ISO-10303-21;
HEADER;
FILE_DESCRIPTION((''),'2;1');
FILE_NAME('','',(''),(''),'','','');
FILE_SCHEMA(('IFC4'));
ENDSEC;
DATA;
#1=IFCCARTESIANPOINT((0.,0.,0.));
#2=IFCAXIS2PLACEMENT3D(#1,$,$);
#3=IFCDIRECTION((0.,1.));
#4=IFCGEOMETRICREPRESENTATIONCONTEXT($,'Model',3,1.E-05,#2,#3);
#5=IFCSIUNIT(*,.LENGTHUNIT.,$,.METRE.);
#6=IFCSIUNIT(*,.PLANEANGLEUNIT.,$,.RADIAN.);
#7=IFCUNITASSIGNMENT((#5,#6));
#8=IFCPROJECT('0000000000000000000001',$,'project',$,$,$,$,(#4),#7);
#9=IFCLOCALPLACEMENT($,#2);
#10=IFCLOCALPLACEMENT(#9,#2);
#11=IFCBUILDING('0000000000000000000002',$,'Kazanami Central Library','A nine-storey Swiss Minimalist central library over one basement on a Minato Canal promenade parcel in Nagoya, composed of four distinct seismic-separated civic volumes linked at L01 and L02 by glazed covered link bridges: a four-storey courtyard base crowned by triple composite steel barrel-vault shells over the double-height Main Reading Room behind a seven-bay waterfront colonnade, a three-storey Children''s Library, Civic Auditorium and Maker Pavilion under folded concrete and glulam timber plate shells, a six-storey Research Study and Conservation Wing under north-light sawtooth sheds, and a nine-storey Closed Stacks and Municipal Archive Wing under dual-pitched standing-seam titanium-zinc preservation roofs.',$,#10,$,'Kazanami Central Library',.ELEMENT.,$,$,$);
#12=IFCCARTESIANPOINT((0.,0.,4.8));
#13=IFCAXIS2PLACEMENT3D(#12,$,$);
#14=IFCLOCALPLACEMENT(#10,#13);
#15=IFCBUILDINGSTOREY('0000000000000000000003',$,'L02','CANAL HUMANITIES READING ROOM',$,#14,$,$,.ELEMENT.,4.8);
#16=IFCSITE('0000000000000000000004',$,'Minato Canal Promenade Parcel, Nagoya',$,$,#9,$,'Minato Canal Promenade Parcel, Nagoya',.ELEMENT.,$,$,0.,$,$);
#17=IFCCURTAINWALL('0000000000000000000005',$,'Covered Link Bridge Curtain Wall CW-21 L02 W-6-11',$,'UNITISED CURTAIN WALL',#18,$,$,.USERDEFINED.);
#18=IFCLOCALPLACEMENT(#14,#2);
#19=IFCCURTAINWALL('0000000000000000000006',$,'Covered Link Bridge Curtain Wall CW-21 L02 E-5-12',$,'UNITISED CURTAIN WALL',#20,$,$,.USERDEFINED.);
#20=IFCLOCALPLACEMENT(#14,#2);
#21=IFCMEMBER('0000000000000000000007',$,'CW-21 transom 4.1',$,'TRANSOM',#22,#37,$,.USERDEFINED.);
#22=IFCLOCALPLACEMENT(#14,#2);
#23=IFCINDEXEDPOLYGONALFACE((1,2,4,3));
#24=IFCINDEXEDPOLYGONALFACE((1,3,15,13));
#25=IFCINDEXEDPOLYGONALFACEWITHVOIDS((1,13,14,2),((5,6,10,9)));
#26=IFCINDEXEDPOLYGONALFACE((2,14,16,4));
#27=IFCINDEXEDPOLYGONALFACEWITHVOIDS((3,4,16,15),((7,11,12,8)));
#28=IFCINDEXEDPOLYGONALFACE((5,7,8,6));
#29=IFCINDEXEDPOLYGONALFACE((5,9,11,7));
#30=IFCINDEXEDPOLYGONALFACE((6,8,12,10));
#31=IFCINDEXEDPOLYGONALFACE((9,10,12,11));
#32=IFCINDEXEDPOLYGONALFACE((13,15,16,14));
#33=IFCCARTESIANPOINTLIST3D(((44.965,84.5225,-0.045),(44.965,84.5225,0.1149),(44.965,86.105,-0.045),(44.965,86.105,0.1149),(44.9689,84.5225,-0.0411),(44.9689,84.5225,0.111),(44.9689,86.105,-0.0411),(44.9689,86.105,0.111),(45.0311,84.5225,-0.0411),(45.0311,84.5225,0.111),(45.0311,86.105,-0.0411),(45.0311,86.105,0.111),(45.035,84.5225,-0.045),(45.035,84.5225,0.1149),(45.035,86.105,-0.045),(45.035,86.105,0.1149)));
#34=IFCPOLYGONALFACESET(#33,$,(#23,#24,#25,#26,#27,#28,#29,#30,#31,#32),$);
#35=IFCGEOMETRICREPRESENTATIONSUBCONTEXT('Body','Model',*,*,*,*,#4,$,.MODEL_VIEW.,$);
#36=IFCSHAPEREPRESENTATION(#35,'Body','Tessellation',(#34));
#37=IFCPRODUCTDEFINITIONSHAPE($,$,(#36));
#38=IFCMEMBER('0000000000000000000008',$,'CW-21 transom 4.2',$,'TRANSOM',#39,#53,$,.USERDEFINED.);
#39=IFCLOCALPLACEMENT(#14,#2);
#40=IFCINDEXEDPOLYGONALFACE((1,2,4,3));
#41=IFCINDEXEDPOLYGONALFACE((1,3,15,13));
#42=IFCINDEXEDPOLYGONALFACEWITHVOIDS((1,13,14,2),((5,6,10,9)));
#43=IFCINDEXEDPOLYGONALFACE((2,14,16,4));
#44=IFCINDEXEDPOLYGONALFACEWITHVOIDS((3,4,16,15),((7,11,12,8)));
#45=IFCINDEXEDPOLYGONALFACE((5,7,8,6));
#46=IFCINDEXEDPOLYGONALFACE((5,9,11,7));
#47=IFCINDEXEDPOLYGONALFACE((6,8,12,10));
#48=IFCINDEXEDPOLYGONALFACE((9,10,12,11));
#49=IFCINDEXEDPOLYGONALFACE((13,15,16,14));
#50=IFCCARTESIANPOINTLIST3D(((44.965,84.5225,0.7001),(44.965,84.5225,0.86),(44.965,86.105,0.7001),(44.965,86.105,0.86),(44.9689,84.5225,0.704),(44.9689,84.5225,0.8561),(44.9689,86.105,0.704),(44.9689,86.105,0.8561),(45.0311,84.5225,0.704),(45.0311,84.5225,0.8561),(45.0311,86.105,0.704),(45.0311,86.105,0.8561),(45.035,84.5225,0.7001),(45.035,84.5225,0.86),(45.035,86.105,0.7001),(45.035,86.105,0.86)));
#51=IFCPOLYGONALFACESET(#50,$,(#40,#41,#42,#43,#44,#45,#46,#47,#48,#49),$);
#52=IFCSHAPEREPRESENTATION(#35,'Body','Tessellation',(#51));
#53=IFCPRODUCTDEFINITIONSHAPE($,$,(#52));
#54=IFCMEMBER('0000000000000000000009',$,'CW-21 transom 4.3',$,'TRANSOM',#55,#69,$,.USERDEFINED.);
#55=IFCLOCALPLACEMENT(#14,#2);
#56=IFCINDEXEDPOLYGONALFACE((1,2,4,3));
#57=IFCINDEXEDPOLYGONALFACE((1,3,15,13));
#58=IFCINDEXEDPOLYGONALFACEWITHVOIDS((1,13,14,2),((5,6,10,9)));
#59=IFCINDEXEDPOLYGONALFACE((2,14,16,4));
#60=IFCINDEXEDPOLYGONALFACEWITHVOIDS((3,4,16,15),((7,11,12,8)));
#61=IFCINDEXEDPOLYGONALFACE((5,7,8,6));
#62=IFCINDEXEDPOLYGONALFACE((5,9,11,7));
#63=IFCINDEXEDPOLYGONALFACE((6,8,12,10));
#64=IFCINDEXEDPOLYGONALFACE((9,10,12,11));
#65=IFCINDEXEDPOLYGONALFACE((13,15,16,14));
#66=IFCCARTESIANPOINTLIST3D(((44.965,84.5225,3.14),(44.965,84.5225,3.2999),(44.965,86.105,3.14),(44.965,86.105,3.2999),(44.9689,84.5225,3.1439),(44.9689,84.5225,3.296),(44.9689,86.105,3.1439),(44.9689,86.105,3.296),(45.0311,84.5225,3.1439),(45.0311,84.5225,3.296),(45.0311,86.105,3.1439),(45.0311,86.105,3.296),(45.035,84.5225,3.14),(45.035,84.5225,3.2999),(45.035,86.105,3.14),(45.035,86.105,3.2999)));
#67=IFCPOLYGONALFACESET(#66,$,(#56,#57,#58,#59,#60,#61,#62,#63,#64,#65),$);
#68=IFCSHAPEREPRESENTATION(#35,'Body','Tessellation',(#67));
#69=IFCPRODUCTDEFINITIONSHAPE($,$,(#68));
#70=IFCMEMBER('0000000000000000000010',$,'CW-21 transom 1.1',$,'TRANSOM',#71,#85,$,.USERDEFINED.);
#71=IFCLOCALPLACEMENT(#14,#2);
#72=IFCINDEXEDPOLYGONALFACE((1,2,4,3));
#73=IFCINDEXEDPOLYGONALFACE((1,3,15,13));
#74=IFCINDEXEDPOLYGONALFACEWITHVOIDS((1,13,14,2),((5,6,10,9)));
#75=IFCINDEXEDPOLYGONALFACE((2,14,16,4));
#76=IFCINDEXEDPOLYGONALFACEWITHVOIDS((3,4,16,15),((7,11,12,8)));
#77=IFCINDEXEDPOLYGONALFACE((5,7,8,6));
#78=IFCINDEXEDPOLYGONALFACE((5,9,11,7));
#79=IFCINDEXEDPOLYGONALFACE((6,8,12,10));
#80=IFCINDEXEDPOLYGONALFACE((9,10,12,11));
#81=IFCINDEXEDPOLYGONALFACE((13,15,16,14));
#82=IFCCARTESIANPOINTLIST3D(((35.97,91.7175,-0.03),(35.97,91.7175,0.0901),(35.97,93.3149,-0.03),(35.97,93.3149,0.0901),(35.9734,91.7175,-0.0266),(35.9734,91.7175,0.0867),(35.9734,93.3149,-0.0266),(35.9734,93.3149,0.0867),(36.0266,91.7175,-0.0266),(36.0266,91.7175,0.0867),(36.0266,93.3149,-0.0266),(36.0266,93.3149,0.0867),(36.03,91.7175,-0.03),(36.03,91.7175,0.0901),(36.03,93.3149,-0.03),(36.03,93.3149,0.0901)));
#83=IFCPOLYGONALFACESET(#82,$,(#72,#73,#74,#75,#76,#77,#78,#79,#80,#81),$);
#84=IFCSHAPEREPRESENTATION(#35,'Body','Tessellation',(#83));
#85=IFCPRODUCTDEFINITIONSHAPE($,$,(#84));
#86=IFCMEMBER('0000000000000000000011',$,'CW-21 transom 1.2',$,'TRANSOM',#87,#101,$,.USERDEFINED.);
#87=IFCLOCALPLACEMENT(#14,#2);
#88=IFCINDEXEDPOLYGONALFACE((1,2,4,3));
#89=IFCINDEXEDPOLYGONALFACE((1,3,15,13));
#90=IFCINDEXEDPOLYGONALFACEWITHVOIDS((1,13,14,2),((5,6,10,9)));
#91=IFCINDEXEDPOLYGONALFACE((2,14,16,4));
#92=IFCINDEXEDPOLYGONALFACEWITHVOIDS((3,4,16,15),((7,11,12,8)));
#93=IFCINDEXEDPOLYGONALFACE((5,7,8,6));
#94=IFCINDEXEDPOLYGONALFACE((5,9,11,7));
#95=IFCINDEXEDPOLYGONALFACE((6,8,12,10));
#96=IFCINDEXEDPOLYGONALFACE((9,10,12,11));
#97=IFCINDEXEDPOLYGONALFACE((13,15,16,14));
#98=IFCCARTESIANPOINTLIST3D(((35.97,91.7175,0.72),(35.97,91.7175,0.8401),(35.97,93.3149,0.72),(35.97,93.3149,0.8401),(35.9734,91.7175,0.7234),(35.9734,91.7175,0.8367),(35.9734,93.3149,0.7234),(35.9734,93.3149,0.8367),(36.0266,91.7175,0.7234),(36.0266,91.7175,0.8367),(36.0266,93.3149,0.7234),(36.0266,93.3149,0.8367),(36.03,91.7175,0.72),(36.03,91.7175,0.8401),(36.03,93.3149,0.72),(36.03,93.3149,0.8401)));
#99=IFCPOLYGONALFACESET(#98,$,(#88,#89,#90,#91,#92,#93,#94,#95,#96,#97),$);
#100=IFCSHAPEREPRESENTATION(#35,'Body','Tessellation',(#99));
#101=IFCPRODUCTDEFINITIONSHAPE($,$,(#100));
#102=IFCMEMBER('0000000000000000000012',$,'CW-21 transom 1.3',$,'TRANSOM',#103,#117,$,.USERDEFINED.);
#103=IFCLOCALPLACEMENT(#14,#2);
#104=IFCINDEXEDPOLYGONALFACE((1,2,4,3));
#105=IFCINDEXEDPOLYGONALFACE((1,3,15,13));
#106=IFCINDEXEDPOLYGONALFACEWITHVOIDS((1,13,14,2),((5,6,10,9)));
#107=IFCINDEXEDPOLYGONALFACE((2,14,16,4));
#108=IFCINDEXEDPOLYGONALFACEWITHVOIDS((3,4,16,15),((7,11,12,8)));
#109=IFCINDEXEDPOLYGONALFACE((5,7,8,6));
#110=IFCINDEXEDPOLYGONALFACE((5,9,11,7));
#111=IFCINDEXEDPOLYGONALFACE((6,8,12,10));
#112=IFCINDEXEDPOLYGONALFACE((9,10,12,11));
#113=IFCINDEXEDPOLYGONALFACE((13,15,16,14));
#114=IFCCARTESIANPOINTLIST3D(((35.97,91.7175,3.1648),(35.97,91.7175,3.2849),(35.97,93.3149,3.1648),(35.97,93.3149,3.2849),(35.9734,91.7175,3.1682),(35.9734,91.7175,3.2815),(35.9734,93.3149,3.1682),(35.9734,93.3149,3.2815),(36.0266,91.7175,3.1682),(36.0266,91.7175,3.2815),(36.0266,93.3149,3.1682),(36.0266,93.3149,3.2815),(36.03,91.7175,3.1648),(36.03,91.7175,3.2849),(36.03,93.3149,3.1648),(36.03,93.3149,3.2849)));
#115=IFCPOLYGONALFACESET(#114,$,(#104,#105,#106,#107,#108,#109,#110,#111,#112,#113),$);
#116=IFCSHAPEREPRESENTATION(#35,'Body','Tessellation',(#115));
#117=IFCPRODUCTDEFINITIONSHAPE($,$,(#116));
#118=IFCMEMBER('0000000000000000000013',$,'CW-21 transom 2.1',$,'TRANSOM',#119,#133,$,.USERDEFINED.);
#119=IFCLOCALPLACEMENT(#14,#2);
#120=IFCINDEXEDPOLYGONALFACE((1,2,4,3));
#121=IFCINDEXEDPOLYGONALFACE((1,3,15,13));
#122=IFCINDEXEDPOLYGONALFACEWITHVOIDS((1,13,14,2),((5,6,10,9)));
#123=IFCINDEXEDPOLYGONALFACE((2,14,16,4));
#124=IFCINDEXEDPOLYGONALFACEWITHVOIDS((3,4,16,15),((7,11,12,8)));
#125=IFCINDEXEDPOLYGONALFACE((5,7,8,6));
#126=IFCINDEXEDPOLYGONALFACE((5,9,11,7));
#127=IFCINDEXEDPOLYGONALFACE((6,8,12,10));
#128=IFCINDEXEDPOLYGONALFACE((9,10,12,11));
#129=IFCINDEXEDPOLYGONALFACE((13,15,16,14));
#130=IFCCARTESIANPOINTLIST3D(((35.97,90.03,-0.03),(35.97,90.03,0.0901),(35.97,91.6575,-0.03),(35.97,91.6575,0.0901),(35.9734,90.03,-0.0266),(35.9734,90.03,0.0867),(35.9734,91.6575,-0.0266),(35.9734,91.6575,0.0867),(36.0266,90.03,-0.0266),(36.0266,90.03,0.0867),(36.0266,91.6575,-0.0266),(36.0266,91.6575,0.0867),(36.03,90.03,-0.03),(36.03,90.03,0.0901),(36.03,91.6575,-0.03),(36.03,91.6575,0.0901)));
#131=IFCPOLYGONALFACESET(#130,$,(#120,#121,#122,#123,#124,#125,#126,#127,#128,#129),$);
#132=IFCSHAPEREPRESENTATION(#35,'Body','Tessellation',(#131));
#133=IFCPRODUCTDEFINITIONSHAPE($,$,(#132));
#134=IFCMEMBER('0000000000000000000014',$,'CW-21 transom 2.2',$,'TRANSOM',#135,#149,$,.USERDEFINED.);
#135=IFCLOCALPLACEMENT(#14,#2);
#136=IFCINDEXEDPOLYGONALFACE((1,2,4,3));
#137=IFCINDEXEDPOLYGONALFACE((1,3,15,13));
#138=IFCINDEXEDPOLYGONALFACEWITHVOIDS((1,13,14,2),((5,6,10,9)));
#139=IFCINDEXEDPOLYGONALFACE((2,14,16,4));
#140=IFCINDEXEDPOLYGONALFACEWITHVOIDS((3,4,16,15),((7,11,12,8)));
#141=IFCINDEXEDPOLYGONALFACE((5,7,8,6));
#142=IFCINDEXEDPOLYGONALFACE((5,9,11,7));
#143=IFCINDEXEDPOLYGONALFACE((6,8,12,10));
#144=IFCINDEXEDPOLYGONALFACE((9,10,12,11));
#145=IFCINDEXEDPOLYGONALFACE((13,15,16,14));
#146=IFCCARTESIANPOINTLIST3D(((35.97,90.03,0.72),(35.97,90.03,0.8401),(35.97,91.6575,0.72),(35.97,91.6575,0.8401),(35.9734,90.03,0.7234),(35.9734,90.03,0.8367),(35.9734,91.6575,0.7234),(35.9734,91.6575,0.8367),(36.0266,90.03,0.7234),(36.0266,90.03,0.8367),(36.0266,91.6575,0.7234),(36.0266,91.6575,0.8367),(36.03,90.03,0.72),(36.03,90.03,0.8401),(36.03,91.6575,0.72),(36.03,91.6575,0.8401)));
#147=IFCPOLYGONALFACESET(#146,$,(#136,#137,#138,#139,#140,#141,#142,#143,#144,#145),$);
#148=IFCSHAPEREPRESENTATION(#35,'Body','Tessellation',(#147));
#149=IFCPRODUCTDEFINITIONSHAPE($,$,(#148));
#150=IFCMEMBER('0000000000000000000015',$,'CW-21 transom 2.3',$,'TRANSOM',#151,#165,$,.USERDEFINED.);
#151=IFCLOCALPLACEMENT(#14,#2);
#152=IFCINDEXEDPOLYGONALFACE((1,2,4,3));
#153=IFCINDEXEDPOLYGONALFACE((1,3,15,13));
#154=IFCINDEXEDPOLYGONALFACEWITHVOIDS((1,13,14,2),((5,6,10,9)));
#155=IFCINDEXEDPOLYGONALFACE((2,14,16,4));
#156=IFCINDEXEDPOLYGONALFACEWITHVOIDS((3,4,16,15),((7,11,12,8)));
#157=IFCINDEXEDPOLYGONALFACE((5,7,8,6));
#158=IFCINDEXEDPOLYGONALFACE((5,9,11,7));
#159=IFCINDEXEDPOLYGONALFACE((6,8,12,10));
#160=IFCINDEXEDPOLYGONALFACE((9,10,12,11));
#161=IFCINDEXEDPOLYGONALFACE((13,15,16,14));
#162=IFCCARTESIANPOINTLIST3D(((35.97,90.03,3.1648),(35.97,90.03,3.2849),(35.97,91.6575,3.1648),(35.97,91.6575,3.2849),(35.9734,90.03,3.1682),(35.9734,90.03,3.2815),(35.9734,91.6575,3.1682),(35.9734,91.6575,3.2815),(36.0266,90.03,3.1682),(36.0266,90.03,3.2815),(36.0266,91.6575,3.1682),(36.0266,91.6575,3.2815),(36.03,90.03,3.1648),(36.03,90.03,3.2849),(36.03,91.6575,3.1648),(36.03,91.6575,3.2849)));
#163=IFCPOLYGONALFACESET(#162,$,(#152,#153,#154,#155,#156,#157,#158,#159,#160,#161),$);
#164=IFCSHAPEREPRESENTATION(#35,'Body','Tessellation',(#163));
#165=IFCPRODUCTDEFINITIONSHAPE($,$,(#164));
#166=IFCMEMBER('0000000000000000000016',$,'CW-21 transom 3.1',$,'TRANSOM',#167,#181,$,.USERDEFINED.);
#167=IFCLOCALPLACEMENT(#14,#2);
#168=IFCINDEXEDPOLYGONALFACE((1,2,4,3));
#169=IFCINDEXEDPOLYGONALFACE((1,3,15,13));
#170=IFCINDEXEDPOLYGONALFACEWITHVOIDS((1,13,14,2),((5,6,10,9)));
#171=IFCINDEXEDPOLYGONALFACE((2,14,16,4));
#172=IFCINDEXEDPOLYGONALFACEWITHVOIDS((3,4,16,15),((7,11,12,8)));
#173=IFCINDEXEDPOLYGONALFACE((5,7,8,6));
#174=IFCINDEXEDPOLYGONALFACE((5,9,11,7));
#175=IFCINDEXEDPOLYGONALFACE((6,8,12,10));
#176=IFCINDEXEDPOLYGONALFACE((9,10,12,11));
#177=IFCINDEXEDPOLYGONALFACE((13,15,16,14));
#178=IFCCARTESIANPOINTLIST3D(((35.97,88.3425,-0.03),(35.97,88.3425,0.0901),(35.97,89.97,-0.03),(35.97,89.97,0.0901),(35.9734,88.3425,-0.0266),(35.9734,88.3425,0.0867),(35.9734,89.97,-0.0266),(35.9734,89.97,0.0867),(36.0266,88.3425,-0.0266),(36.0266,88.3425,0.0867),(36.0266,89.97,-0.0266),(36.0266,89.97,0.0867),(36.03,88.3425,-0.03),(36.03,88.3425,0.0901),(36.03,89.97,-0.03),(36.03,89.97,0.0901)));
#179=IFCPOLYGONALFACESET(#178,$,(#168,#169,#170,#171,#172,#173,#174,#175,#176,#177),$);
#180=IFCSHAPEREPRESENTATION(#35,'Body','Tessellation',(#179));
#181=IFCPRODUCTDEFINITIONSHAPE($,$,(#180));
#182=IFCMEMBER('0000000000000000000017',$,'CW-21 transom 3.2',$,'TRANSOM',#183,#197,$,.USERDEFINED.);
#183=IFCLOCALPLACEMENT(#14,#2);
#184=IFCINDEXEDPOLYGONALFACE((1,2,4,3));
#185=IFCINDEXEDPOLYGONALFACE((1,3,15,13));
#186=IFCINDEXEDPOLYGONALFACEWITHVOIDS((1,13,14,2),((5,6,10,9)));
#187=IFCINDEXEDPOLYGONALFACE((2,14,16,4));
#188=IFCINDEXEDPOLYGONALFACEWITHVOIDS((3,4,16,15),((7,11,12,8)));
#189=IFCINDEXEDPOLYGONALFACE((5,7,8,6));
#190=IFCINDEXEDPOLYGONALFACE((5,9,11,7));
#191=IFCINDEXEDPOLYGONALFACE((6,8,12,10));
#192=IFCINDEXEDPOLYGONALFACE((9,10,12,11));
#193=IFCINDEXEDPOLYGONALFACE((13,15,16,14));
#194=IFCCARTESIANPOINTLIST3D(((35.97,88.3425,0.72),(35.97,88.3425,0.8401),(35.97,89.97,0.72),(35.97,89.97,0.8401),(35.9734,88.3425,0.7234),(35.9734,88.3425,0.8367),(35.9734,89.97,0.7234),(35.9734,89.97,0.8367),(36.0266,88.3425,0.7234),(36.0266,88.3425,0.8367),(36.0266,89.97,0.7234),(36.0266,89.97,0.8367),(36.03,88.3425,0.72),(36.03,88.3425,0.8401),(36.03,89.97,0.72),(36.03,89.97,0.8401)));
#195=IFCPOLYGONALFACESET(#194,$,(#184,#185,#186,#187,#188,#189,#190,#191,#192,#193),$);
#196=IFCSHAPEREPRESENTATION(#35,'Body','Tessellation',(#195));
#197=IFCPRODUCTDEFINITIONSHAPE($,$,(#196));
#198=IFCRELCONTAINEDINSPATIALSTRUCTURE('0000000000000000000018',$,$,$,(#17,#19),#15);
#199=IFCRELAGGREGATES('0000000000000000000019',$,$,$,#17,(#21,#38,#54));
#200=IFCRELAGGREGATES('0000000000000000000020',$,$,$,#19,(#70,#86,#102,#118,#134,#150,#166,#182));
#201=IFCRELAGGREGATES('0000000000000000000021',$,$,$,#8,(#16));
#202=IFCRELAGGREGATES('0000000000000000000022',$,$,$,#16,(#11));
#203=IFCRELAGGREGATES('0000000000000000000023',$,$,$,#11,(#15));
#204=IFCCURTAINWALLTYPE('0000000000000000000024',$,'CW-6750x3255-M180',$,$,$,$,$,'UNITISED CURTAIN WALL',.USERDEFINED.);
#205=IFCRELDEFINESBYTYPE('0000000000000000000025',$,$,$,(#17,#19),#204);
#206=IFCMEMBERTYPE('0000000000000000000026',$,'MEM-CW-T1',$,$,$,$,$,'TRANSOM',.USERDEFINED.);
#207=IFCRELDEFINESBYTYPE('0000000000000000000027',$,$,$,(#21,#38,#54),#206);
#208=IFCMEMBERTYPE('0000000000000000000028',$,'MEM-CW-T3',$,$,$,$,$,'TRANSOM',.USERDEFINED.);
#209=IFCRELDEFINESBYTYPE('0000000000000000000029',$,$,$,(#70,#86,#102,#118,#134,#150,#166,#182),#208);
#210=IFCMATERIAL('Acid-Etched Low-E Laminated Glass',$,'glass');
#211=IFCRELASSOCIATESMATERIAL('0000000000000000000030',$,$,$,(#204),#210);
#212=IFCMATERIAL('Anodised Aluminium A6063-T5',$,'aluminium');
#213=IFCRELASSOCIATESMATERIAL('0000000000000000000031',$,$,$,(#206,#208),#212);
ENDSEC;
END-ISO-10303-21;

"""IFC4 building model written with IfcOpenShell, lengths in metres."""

from ifc_helpers import new_model, si_unit, direction, frame, origin, origin_2d, place, context, subcontext, project, spatial, hollow_rectangle, extrude, material, material_profile, profile_set, type_object, element, aggregate, save


model = new_model("IFC4")

# Units and contexts
model_context = context("Model", 3, precision=1e-05, world=origin(), true_north=direction((0.0, 1.0)))
body_context = subcontext(model_context, "Body", "Model", "MODEL_VIEW")
ifc_project = project(units=[si_unit("LENGTHUNIT", "METRE"), si_unit("PLANEANGLEUNIT", "RADIAN")], contexts=[model_context])

# Site, building, storey
site_placement = place(None, origin())
site = spatial("IfcSite", under=ifc_project, at=site_placement, Name="Minato Canal Promenade Parcel, Nagoya", LongName="Minato Canal Promenade Parcel, Nagoya", CompositionType="ELEMENT", RefElevation=0.0)
building_placement = place(site_placement, origin())
building = spatial("IfcBuilding", under=site, at=building_placement, Name="Kazanami Central Library", Description="A nine-storey Swiss Minimalist central library over one basement on a Minato Canal promenade parcel in Nagoya, composed of four distinct seismic-separated civic volumes linked at L01 and L02 by glazed covered link bridges: a four-storey courtyard base crowned by triple composite steel barrel-vault shells over the double-height Main Reading Room behind a seven-bay waterfront colonnade, a three-storey Children's Library, Civic Auditorium and Maker Pavilion under folded concrete and glulam timber plate shells, a six-storey Research Study and Conservation Wing under north-light sawtooth sheds, and a nine-storey Closed Stacks and Municipal Archive Wing under dual-pitched standing-seam titanium-zinc preservation roofs.", LongName="Kazanami Central Library", CompositionType="ELEMENT")
storey_placement = place(building_placement, frame((0.0, 0.0, 4.8)))
storey = spatial("IfcBuildingStorey", under=building, at=storey_placement, Name="L02", Description="CANAL HUMANITIES READING ROOM", CompositionType="ELEMENT", Elevation=4.8)

# Curtain wall
ifc_material_1 = material(Name="Acid-Etched Low-E Laminated Glass", Category="glass")
curtain_wall_type = type_object("IfcCurtainWallType", Name="CW-6750x3255-M180", ElementType="UNITISED CURTAIN WALL", PredefinedType="USERDEFINED", material=ifc_material_1)
curtain_wall_1_placement = place(storey_placement, origin())
curtain_wall_1 = element("IfcCurtainWall", 1, at=curtain_wall_1_placement, inside=storey, type_object=curtain_wall_type, Name="Covered Link Bridge Curtain Wall CW-21 L02 W-6-11", ObjectType="UNITISED CURTAIN WALL", PredefinedType="USERDEFINED")
ifc_material_2 = material(Name="Anodised Aluminium A6063-T5", Category="aluminium")

# Curtain wall
curtain_wall_2_placement = place(storey_placement, origin())
curtain_wall_2 = element("IfcCurtainWall", 2, at=curtain_wall_2_placement, inside=storey, type_object=curtain_wall_type, Name="Covered Link Bridge Curtain Wall CW-21 L02 E-5-12", ObjectType="UNITISED CURTAIN WALL", PredefinedType="USERDEFINED")

# Members
ifc_material_profile_1 = material_profile(ifc_material_2, hollow_rectangle(XDim=0.0701, YDim=0.1599, WallThickness=0.0039, at=origin_2d()), Name="ALU-TRAN-70x160x4")
ifc_profile_set_1 = profile_set([ifc_material_profile_1], Name="Anodised Aluminium A6063-T5")
member_type_1 = type_object("IfcMemberType", Name="MEM-CW-T1", ElementType="TRANSOM", PredefinedType="USERDEFINED", material=ifc_profile_set_1)
member_1_placement = place(storey_placement, frame((45.0, 84.5225, 0.0349), z_axis=(0.0, 1.0, 0.0), x_axis=(-1.0, 0.0, 0.0)))
member_1 = element("IfcMember", 3, at=member_1_placement, type_object=member_type_1, Name="CW-21 transom 4.1", ObjectType="TRANSOM", PredefinedType="USERDEFINED", context=body_context, shape_type="SweptSolid", body=[
    extrude(hollow_rectangle(XDim=0.0701, YDim=0.1599, WallThickness=0.0039, at=origin_2d()), origin(), (0.0, 0.0, 1.0), 1.5825),
])
member_2_placement = place(storey_placement, frame((45.0, 84.5225, 0.78), z_axis=(0.0, 1.0, 0.0), x_axis=(-1.0, 0.0, 0.0)))
member_2 = element("IfcMember", 4, at=member_2_placement, type_object=member_type_1, Name="CW-21 transom 4.2", ObjectType="TRANSOM", PredefinedType="USERDEFINED", context=body_context, shape_type="SweptSolid", body=[
    extrude(hollow_rectangle(XDim=0.0701, YDim=0.1599, WallThickness=0.0039, at=origin_2d()), origin(), (0.0, 0.0, 1.0), 1.5825),
])
member_3_placement = place(storey_placement, frame((45.0, 84.5225, 3.22), z_axis=(0.0, 1.0, 0.0), x_axis=(-1.0, 0.0, 0.0)))
member_3 = element("IfcMember", 5, at=member_3_placement, type_object=member_type_1, Name="CW-21 transom 4.3", ObjectType="TRANSOM", PredefinedType="USERDEFINED", context=body_context, shape_type="SweptSolid", body=[
    extrude(hollow_rectangle(XDim=0.0701, YDim=0.1599, WallThickness=0.0039, at=origin_2d()), origin(), (0.0, 0.0, 1.0), 1.5825),
])
ifc_material_profile_2 = material_profile(ifc_material_2, hollow_rectangle(XDim=0.0601, YDim=0.1201, WallThickness=0.0034, at=origin_2d()), Name="ALU-TRAN-60x120x3.5")
ifc_profile_set_2 = profile_set([ifc_material_profile_2], Name="Anodised Aluminium A6063-T5")
member_type_2 = type_object("IfcMemberType", Name="MEM-CW-T3", ElementType="TRANSOM", PredefinedType="USERDEFINED", material=ifc_profile_set_2)
member_4_placement = place(storey_placement, frame((36.0, 93.3149, 0.03), z_axis=(0.0, -1.0, 0.0), x_axis=(1.0, 0.0, 0.0)))
member_4 = element("IfcMember", 6, at=member_4_placement, type_object=member_type_2, Name="CW-21 transom 1.1", ObjectType="TRANSOM", PredefinedType="USERDEFINED", context=body_context, shape_type="SweptSolid", body=[
    extrude(hollow_rectangle(XDim=0.0601, YDim=0.1201, WallThickness=0.0034, at=origin_2d()), origin(), (0.0, 0.0, 1.0), 1.5974),
])
member_5_placement = place(storey_placement, frame((36.0, 93.3149, 0.78), z_axis=(0.0, -1.0, 0.0), x_axis=(1.0, 0.0, 0.0)))
member_5 = element("IfcMember", 7, at=member_5_placement, type_object=member_type_2, Name="CW-21 transom 1.2", ObjectType="TRANSOM", PredefinedType="USERDEFINED", context=body_context, shape_type="SweptSolid", body=[
    extrude(hollow_rectangle(XDim=0.0601, YDim=0.1201, WallThickness=0.0034, at=origin_2d()), origin(), (0.0, 0.0, 1.0), 1.5974),
])
member_6_placement = place(storey_placement, frame((36.0, 93.3149, 3.2249), z_axis=(0.0, -1.0, 0.0), x_axis=(1.0, 0.0, 0.0)))
member_6 = element("IfcMember", 8, at=member_6_placement, type_object=member_type_2, Name="CW-21 transom 1.3", ObjectType="TRANSOM", PredefinedType="USERDEFINED", context=body_context, shape_type="SweptSolid", body=[
    extrude(hollow_rectangle(XDim=0.0601, YDim=0.1201, WallThickness=0.0034, at=origin_2d()), origin(), (0.0, 0.0, 1.0), 1.5974),
])
member_7_placement = place(storey_placement, frame((36.0, 91.6575, 0.03), z_axis=(0.0, -1.0, 0.0), x_axis=(1.0, 0.0, 0.0)))
member_7 = element("IfcMember", 9, at=member_7_placement, type_object=member_type_2, Name="CW-21 transom 2.1", ObjectType="TRANSOM", PredefinedType="USERDEFINED", context=body_context, shape_type="SweptSolid", body=[
    extrude(hollow_rectangle(XDim=0.0601, YDim=0.1201, WallThickness=0.0034, at=origin_2d()), origin(), (0.0, 0.0, 1.0), 1.6274),
])
member_8_placement = place(storey_placement, frame((36.0, 91.6575, 0.78), z_axis=(0.0, -1.0, 0.0), x_axis=(1.0, 0.0, 0.0)))
member_8 = element("IfcMember", 10, at=member_8_placement, type_object=member_type_2, Name="CW-21 transom 2.2", ObjectType="TRANSOM", PredefinedType="USERDEFINED", context=body_context, shape_type="SweptSolid", body=[
    extrude(hollow_rectangle(XDim=0.0601, YDim=0.1201, WallThickness=0.0034, at=origin_2d()), origin(), (0.0, 0.0, 1.0), 1.6274),
])
member_9_placement = place(storey_placement, frame((36.0, 91.6575, 3.2249), z_axis=(0.0, -1.0, 0.0), x_axis=(1.0, 0.0, 0.0)))
member_9 = element("IfcMember", 11, at=member_9_placement, type_object=member_type_2, Name="CW-21 transom 2.3", ObjectType="TRANSOM", PredefinedType="USERDEFINED", context=body_context, shape_type="SweptSolid", body=[
    extrude(hollow_rectangle(XDim=0.0601, YDim=0.1201, WallThickness=0.0034, at=origin_2d()), origin(), (0.0, 0.0, 1.0), 1.6274),
])
member_10_placement = place(storey_placement, frame((36.0, 89.97, 0.03), z_axis=(0.0, -1.0, 0.0), x_axis=(1.0, 0.0, 0.0)))
member_10 = element("IfcMember", 12, at=member_10_placement, type_object=member_type_2, Name="CW-21 transom 3.1", ObjectType="TRANSOM", PredefinedType="USERDEFINED", context=body_context, shape_type="SweptSolid", body=[
    extrude(hollow_rectangle(XDim=0.0601, YDim=0.1201, WallThickness=0.0034, at=origin_2d()), origin(), (0.0, 0.0, 1.0), 1.6274),
])
member_11_placement = place(storey_placement, frame((36.0, 89.97, 0.78), z_axis=(0.0, -1.0, 0.0), x_axis=(1.0, 0.0, 0.0)))
member_11 = element("IfcMember", 13, at=member_11_placement, type_object=member_type_2, Name="CW-21 transom 3.2", ObjectType="TRANSOM", PredefinedType="USERDEFINED", context=body_context, shape_type="SweptSolid", body=[
    extrude(hollow_rectangle(XDim=0.0601, YDim=0.1201, WallThickness=0.0034, at=origin_2d()), origin(), (0.0, 0.0, 1.0), 1.6274),
])

aggregate(curtain_wall_1, [member_1, member_2, member_3])
aggregate(curtain_wall_2, [member_4, member_5, member_6, member_7, member_8, member_9, member_10, member_11])

save(model, "model.ifc")
